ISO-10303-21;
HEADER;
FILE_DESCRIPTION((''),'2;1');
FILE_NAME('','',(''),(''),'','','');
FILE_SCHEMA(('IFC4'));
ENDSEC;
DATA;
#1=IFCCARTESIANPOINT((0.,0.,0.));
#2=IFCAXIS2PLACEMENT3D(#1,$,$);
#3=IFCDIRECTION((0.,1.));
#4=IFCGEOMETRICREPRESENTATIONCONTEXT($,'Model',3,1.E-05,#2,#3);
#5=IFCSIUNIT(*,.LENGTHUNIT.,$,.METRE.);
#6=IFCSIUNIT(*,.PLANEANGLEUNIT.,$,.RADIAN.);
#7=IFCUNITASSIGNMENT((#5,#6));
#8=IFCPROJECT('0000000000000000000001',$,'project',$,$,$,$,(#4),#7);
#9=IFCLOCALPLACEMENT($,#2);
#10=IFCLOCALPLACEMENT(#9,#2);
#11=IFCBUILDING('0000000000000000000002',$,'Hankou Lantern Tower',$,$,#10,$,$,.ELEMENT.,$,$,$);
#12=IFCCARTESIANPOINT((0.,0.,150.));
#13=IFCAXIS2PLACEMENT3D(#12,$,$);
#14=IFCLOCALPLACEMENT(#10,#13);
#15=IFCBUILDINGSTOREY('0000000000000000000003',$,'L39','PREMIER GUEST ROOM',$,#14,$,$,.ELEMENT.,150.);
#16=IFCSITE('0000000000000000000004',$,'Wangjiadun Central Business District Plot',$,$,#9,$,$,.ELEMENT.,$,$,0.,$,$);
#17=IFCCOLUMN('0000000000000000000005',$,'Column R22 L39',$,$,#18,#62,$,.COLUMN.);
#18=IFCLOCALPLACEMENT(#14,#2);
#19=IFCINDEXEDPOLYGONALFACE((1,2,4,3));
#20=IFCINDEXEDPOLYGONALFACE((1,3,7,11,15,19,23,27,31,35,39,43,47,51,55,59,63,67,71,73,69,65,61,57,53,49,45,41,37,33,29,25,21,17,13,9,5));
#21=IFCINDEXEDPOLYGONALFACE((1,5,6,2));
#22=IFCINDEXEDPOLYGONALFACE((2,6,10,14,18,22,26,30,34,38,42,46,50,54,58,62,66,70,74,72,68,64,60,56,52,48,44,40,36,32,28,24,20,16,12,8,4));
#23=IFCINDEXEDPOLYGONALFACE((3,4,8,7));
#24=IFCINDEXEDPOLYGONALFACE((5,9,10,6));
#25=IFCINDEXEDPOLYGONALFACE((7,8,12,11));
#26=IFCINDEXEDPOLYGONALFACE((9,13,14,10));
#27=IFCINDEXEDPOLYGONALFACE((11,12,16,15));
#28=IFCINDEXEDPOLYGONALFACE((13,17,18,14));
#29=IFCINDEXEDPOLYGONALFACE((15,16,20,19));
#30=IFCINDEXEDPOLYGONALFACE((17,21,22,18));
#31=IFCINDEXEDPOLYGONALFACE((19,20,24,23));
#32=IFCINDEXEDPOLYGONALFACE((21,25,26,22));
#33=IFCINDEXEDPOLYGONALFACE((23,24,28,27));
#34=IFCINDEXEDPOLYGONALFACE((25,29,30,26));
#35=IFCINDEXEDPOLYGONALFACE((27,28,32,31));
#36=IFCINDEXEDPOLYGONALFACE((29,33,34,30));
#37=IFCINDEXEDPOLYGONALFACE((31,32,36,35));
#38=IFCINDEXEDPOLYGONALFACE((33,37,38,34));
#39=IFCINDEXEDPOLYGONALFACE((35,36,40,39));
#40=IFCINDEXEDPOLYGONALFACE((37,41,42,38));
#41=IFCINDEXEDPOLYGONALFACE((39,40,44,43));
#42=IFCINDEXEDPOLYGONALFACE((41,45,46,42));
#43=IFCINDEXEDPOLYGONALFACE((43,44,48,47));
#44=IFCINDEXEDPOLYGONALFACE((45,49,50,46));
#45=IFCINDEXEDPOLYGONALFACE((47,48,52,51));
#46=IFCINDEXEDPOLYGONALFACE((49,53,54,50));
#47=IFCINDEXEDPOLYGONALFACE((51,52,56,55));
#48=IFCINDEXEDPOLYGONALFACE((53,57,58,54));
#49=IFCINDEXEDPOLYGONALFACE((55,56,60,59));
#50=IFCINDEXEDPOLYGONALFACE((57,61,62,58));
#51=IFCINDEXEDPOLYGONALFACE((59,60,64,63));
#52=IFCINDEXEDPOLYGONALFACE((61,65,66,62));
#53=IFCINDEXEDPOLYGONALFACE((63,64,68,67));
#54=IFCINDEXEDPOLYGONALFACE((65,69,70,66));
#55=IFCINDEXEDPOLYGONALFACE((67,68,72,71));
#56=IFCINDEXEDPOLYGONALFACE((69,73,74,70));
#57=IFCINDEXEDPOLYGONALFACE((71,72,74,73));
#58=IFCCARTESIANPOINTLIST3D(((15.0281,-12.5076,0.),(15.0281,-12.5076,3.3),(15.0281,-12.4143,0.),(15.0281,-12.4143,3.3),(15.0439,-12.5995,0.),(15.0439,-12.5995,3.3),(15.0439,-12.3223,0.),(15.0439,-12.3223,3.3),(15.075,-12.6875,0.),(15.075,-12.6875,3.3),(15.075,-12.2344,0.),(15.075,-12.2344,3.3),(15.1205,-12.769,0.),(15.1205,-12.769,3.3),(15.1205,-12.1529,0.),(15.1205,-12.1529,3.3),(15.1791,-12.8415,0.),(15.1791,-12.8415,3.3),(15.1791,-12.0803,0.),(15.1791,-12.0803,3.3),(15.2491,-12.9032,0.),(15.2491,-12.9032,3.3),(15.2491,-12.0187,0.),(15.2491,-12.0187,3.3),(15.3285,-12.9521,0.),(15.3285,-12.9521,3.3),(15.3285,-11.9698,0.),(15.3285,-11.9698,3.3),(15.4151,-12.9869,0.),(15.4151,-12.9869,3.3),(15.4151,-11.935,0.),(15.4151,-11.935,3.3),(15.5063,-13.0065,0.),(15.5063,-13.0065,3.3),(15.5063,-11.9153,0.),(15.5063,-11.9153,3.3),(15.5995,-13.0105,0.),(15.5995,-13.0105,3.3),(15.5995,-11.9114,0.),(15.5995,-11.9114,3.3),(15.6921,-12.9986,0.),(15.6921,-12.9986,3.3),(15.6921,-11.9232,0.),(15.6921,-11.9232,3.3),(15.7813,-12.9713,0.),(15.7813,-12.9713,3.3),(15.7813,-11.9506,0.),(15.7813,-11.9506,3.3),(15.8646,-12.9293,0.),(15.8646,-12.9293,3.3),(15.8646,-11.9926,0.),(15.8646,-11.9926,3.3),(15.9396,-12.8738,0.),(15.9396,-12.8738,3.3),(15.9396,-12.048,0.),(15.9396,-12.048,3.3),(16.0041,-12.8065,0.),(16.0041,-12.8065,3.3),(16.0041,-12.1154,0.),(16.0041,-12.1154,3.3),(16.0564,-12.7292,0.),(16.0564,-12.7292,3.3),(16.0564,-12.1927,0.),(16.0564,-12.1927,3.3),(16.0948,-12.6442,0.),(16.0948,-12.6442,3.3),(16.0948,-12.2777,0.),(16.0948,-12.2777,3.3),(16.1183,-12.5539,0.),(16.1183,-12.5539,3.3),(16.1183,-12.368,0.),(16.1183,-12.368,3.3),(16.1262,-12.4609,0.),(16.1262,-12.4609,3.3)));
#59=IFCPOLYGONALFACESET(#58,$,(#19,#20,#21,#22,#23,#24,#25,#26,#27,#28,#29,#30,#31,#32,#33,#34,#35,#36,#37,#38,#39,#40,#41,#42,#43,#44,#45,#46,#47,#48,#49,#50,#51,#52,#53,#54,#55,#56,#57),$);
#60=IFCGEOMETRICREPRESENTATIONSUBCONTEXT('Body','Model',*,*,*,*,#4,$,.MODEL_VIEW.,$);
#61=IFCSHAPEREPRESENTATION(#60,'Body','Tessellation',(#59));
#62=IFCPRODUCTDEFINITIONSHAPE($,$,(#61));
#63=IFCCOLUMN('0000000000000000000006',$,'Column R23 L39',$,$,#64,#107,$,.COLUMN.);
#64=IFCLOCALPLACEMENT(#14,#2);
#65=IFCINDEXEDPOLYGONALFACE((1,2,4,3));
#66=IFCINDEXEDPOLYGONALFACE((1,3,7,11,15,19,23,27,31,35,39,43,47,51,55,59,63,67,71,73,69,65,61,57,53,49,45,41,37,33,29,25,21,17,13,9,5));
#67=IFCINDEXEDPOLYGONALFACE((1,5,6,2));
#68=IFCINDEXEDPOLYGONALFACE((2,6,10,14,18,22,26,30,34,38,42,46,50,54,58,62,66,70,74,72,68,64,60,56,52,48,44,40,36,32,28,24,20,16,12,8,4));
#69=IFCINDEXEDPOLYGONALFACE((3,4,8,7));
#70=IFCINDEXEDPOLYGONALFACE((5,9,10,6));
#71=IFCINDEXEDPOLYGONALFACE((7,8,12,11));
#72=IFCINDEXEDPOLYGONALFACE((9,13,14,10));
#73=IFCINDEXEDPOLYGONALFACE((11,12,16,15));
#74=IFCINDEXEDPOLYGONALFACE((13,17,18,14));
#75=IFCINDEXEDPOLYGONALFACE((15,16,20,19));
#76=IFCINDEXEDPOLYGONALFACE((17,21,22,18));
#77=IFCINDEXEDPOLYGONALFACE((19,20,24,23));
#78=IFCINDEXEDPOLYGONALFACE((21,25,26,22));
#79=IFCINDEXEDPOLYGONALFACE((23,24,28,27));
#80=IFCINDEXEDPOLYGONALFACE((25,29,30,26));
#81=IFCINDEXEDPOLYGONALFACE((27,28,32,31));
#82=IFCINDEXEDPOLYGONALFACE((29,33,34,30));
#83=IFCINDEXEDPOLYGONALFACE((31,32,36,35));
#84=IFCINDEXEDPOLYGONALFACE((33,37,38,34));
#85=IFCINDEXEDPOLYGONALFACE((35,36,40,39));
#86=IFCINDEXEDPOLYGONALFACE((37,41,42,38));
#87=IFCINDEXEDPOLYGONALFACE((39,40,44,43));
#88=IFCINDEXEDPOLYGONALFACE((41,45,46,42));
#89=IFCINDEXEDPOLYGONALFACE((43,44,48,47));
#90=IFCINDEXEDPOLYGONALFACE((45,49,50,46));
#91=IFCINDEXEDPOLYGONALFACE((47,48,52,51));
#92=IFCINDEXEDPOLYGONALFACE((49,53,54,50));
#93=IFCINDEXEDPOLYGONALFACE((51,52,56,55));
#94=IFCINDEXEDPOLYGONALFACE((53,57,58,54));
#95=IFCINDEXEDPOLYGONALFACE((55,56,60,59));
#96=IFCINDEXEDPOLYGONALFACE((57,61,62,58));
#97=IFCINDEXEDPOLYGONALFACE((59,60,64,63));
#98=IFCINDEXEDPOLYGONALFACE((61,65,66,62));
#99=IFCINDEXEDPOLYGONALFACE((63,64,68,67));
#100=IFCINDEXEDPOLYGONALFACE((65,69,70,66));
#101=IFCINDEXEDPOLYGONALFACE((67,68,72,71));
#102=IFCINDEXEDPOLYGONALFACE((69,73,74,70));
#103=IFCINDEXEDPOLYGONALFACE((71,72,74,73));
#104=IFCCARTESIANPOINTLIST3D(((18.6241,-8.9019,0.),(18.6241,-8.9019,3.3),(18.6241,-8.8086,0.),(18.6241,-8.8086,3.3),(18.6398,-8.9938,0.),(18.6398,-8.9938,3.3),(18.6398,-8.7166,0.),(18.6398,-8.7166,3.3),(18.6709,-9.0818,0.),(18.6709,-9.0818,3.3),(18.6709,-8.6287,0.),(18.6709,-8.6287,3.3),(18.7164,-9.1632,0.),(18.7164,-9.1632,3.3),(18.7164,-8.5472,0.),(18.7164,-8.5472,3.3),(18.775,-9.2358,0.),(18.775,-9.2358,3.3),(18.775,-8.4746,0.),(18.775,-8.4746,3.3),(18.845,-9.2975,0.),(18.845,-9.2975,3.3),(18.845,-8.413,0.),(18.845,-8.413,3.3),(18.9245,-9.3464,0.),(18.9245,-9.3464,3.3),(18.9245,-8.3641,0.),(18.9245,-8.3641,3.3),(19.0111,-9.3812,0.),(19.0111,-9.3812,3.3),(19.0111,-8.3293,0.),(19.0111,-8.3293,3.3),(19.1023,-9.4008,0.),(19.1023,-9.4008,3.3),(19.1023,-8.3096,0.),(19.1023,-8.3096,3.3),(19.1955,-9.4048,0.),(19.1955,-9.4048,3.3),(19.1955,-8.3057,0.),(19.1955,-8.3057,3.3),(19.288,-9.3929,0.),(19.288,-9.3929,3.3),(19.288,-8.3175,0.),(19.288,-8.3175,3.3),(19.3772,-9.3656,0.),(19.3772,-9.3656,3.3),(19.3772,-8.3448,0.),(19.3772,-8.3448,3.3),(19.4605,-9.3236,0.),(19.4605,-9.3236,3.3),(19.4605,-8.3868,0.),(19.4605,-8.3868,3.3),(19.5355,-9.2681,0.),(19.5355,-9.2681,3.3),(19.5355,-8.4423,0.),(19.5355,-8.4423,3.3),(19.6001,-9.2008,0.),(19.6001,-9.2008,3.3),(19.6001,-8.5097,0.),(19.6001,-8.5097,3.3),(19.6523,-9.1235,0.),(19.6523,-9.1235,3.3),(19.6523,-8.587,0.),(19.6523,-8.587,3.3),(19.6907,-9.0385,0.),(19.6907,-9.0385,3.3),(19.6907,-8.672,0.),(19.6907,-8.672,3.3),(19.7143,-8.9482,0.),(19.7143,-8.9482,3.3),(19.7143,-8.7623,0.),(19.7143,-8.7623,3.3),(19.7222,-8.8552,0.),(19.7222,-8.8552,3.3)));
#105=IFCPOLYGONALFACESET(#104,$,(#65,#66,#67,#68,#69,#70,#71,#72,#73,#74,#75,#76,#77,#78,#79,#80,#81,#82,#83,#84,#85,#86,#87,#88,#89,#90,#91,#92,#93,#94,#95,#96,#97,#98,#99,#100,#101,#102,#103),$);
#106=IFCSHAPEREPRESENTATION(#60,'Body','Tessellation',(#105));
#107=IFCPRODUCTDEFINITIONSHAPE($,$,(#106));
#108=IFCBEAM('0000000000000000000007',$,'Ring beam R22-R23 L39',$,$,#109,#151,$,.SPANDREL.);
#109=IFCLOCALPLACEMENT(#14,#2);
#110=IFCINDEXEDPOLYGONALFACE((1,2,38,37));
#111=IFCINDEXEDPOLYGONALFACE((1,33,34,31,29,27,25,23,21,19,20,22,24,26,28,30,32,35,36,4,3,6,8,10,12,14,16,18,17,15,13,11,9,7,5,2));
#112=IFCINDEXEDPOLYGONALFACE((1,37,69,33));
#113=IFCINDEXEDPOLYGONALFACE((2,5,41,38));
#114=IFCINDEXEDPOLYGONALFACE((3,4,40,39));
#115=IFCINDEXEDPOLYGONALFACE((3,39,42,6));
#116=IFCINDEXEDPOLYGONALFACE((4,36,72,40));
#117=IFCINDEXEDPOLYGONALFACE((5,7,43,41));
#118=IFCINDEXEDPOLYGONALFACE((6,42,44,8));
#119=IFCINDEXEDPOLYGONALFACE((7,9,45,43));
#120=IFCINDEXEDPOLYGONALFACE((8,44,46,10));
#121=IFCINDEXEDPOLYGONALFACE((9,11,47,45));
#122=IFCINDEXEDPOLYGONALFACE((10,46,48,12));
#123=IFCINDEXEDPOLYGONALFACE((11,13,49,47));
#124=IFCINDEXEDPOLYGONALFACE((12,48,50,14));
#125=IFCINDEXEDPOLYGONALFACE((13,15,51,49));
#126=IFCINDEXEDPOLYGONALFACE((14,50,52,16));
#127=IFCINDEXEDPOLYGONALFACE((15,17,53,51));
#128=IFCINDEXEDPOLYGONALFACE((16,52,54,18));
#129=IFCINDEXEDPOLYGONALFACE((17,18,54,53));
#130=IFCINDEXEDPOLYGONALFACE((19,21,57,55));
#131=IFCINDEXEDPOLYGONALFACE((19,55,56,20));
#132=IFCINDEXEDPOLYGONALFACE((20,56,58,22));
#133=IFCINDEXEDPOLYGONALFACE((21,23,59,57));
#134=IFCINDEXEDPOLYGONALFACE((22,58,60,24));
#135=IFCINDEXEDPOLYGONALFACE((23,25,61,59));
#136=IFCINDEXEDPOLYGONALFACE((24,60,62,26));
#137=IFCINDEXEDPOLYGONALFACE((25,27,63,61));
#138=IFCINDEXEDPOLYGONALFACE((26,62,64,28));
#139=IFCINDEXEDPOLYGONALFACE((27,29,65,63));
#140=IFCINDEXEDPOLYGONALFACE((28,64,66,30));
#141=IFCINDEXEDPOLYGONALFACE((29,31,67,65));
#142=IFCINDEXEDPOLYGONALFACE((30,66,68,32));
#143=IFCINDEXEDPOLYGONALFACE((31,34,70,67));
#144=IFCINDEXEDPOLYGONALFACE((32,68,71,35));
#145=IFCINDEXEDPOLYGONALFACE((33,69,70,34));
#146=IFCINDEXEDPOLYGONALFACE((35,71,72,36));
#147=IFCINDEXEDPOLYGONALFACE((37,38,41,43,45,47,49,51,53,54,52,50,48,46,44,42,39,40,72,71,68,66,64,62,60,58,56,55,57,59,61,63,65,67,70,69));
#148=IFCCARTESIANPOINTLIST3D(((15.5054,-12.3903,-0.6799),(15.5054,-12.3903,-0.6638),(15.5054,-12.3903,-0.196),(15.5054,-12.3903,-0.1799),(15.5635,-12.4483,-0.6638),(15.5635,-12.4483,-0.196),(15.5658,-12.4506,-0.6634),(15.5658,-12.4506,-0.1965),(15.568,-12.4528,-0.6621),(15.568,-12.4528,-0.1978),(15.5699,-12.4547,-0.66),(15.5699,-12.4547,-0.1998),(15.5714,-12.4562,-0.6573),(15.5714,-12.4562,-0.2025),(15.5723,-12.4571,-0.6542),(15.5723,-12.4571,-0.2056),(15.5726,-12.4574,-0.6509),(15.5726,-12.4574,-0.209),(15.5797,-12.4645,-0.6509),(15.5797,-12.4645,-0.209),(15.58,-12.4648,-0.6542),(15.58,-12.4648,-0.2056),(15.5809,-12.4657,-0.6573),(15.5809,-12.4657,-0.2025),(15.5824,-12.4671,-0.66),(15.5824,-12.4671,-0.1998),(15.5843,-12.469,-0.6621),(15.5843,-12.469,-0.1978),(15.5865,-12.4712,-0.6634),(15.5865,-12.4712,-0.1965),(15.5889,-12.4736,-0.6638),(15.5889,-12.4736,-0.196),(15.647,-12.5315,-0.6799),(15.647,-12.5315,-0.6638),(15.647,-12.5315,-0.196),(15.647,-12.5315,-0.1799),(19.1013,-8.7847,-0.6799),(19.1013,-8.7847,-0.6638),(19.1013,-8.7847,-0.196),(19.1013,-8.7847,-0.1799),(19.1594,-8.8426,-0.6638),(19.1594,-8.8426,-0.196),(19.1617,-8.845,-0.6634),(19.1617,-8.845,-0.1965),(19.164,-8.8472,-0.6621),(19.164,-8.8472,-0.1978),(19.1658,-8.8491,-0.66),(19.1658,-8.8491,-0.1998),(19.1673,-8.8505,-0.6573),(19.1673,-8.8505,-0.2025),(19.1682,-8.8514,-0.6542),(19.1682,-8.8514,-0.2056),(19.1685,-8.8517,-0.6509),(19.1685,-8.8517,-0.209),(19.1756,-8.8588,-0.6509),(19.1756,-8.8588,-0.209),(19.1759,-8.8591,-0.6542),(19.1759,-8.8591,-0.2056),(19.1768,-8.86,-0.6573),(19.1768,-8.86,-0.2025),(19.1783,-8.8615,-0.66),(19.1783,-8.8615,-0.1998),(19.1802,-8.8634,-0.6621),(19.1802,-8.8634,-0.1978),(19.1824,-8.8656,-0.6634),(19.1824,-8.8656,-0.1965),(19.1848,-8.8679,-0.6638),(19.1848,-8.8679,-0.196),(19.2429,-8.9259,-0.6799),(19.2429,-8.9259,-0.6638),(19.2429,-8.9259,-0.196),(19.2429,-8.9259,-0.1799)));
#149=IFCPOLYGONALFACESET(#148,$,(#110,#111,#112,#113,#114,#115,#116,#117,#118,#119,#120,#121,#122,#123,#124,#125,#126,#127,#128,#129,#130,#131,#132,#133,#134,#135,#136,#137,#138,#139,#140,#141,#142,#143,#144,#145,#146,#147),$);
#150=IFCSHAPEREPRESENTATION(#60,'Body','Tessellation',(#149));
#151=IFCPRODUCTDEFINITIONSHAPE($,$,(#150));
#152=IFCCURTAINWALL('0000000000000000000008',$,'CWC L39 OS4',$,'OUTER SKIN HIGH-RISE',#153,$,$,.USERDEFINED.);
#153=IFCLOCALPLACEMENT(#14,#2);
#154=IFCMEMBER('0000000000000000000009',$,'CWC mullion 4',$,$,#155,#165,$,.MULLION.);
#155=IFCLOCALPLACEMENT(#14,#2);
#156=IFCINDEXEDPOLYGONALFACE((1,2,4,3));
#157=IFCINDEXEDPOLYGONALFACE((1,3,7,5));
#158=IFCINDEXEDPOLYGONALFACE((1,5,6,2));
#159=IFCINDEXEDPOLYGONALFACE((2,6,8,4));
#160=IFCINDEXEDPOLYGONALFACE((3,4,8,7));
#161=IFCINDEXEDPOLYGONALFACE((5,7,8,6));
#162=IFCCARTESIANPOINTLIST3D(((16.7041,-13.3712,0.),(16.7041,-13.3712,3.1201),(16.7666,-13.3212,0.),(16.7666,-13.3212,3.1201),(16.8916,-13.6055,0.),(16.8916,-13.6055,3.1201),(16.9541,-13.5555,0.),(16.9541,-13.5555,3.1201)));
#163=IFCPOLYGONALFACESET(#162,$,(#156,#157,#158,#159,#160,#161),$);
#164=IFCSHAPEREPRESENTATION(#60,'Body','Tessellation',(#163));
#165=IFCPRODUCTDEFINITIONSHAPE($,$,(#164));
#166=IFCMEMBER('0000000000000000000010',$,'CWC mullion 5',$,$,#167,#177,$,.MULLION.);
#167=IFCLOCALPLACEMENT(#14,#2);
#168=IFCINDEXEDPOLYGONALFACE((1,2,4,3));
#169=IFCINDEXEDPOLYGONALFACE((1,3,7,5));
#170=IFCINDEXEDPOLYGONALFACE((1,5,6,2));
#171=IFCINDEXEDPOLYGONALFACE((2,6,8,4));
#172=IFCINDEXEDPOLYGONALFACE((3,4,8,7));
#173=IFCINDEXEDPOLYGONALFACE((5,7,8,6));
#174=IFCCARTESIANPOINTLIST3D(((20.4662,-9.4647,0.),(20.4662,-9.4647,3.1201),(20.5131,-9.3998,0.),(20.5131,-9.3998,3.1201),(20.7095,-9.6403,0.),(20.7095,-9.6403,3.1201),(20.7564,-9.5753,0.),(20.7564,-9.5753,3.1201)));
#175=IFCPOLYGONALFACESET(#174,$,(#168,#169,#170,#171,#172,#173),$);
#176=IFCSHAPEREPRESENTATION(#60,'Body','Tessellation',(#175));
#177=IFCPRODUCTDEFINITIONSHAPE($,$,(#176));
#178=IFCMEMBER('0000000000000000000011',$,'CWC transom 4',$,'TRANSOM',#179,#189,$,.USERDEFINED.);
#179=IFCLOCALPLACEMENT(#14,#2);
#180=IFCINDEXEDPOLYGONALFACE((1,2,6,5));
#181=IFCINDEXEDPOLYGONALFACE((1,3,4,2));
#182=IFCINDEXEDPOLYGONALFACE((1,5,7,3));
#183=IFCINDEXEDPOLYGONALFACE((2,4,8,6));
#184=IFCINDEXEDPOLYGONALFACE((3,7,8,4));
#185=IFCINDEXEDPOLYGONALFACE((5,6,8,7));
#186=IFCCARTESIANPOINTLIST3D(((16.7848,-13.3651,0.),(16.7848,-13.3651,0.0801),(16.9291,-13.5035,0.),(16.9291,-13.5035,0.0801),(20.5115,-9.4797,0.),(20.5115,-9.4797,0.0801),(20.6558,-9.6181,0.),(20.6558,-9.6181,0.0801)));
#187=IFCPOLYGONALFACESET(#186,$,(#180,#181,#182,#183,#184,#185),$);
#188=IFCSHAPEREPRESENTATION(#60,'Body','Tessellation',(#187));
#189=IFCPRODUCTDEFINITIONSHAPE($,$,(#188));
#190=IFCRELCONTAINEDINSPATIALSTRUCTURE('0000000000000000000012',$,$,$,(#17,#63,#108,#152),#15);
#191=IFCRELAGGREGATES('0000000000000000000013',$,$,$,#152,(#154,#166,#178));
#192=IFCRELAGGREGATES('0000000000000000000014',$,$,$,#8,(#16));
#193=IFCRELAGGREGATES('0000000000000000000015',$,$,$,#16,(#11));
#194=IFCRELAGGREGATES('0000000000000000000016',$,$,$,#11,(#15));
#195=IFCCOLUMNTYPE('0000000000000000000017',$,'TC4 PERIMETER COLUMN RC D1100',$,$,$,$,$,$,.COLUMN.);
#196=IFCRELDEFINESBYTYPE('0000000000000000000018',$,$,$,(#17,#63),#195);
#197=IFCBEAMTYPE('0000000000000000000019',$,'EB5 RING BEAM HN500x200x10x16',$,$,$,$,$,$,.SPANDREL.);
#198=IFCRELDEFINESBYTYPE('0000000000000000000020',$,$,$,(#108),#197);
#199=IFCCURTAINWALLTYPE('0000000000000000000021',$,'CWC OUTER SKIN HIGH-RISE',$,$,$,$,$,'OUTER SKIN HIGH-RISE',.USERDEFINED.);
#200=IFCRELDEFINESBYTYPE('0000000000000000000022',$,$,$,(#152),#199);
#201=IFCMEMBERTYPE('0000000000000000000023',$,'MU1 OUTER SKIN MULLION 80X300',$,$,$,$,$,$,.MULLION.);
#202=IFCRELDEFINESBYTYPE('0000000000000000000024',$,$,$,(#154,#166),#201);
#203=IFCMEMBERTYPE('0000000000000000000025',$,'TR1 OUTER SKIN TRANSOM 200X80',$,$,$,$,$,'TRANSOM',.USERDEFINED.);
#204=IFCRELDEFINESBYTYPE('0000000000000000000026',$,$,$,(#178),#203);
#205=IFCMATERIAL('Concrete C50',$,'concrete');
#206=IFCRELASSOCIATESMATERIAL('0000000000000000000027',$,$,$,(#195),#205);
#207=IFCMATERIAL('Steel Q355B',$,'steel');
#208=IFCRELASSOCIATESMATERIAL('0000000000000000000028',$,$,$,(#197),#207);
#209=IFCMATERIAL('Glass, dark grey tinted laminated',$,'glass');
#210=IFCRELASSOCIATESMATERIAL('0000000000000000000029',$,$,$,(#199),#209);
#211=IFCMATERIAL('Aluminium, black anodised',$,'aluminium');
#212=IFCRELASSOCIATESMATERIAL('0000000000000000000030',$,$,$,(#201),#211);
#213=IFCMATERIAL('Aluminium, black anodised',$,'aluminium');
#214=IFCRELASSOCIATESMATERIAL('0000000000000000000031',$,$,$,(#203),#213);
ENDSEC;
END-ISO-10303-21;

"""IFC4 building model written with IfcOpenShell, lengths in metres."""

from ifc_helpers import new_model, si_unit, direction, frame, origin, origin_2d, place, context, subcontext, project, spatial, rectangle, circle, i_section, extrude, material, material_profile, profile_set, type_object, element, aggregate, save


model = new_model("IFC4")

# Units and contexts
model_context = context("Model", 3, precision=1e-05, world=origin(), true_north=direction((0.0, 1.0)))
body_context = subcontext(model_context, "Body", "Model", "MODEL_VIEW")
ifc_project = project(units=[si_unit("LENGTHUNIT", "METRE"), si_unit("PLANEANGLEUNIT", "RADIAN")], contexts=[model_context])

# Site, building, storey
site_placement = place(None, origin())
site = spatial("IfcSite", under=ifc_project, at=site_placement, Name="Wangjiadun Central Business District Plot", CompositionType="ELEMENT", RefElevation=0.0)
building_placement = place(site_placement, origin())
building = spatial("IfcBuilding", under=site, at=building_placement, Name="Hankou Lantern Tower", CompositionType="ELEMENT")
storey_placement = place(building_placement, frame((0.0, 0.0, 150.0)))
storey = spatial("IfcBuildingStorey", under=building, at=storey_placement, Name="L39", Description="PREMIER GUEST ROOM", CompositionType="ELEMENT", Elevation=150.0)

# Columns
ifc_material_1 = material(Name="Concrete C50", Category="concrete")
ifc_material_profile_1 = material_profile(ifc_material_1, circle(Radius=0.55, at=origin_2d()), Name="RC D1100")
ifc_profile_set_1 = profile_set([ifc_material_profile_1], Name="Concrete C50")
column_type = type_object("IfcColumnType", Name="TC4 PERIMETER COLUMN RC D1100", PredefinedType="COLUMN", material=ifc_profile_set_1)
for number, where, z_axis, x_axis, name in (
    (1, (15.5762, -12.4609, 0.0), (0.0, 0.0, 1.0), (1.0, 0.0, 0.0), "Column R22 L39"),
    (2, (19.1721, -8.8552, 0.0), (0.0, 0.0, 1.0), (1.0, 0.0, 0.0), "Column R23 L39"),
):
    element("IfcColumn", number, at=place(storey_placement, frame(where, z_axis=z_axis, x_axis=x_axis)), inside=storey, type_object=column_type, Name=name, PredefinedType="COLUMN", context=body_context, shape_type="SweptSolid", body=[
        extrude(circle(Radius=0.55, at=origin_2d()), origin(), (0.0, 0.0, 1.0), 3.3),
    ])

# Beam
ifc_material_2 = material(Name="Steel Q355B", Category="steel")
ifc_material_profile_2 = material_profile(ifc_material_2, i_section(OverallWidth=0.2, OverallDepth=0.5, WebThickness=0.01, FlangeThickness=0.0161, FilletRadius=0.0129, at=origin_2d()), Name="HN500x200x10x16")
ifc_profile_set_2 = profile_set([ifc_material_profile_2], Name="Steel Q355B")
beam_type = type_object("IfcBeamType", Name="EB5 RING BEAM HN500x200x10x16", PredefinedType="SPANDREL", material=ifc_profile_set_2)
beam_placement = place(storey_placement, frame((15.5762, -12.4609, -0.4299), z_axis=(0.706147, 0.708065, 0.0), x_axis=(-0.708065, 0.706147, 0.0)))
element("IfcBeam", 3, at=beam_placement, inside=storey, type_object=beam_type, Name="Ring beam R22-R23 L39", PredefinedType="SPANDREL", context=body_context, shape_type="SweptSolid", body=[
    extrude(i_section(OverallWidth=0.2, OverallDepth=0.5, WebThickness=0.01, FlangeThickness=0.0161, FilletRadius=0.0129, at=origin_2d()), origin(), (0.0, 0.0, 1.0), 5.0923),
])

# Curtain wall, members
ifc_material_3 = material(Name="Glass, dark grey tinted laminated", Category="glass")
curtain_wall_type = type_object("IfcCurtainWallType", Name="CWC OUTER SKIN HIGH-RISE", ElementType="OUTER SKIN HIGH-RISE", PredefinedType="USERDEFINED", material=ifc_material_3)
curtain_wall_placement = place(storey_placement, origin())
curtain_wall = element("IfcCurtainWall", 4, at=curtain_wall_placement, inside=storey, type_object=curtain_wall_type, Name="CWC L39 OS4", ObjectType="OUTER SKIN HIGH-RISE", PredefinedType="USERDEFINED")
ifc_material_4 = material(Name="Aluminium, black anodised", Category="aluminium")
ifc_material_profile_3 = material_profile(ifc_material_4, rectangle(XDim=0.0801, YDim=0.3, at=origin_2d()), Name="MU1 80X300")
ifc_profile_set_3 = profile_set([ifc_material_profile_3], Name="Aluminium, black anodised")
member_type_1 = type_object("IfcMemberType", Name="MU1 OUTER SKIN MULLION 80X300", PredefinedType="MULLION", material=ifc_profile_set_3)
member_1_placement = place(storey_placement, frame((16.8291, -13.4634, 0.0), z_axis=(0.0, 0.0, 1.0), x_axis=(0.780869, 0.624695, 0.0)))
member_1 = element("IfcMember", 5, at=member_1_placement, type_object=member_type_1, Name="CWC mullion 4", PredefinedType="MULLION", context=body_context, shape_type="SweptSolid", body=[
    extrude(rectangle(XDim=0.0801, YDim=0.3, at=origin_2d()), origin(), (0.0, 0.0, 1.0), 3.1201),
])
member_2_placement = place(storey_placement, frame((20.6113, -9.52, 0.0), z_axis=(0.0, 0.0, 1.0), x_axis=(0.585206, 0.810885, 0.0)))
member_2 = element("IfcMember", 6, at=member_2_placement, type_object=member_type_1, Name="CWC mullion 5", PredefinedType="MULLION", context=body_context, shape_type="SweptSolid", body=[
    extrude(rectangle(XDim=0.0801, YDim=0.3, at=origin_2d()), origin(), (0.0, 0.0, 1.0), 3.1201),
])
ifc_material_5 = material(Name="Aluminium, black anodised", Category="aluminium")
ifc_material_profile_4 = material_profile(ifc_material_5, rectangle(XDim=0.2, YDim=0.0801, at=origin_2d()), Name="TR1 200X80")
ifc_profile_set_4 = profile_set([ifc_material_profile_4], Name="Aluminium, black anodised")
member_type_2 = type_object("IfcMemberType", Name="TR1 OUTER SKIN TRANSOM 200X80", ElementType="TRANSOM", PredefinedType="USERDEFINED", material=ifc_profile_set_4)
member_3_placement = place(storey_placement, frame((16.8569, -13.4343, 0.04), z_axis=(0.692216, 0.721691, 0.0), x_axis=(-0.721691, 0.692216, 0.0)))
member_3 = element("IfcMember", 7, at=member_3_placement, type_object=member_type_2, Name="CWC transom 4", ObjectType="TRANSOM", PredefinedType="USERDEFINED", context=body_context, shape_type="SweptSolid", body=[
    extrude(rectangle(XDim=0.2, YDim=0.0801, at=origin_2d()), origin(), (0.0, 0.0, 1.0), 5.3838),
])
aggregate(curtain_wall, [member_1, member_2, member_3])

save(model, "model.ifc")
